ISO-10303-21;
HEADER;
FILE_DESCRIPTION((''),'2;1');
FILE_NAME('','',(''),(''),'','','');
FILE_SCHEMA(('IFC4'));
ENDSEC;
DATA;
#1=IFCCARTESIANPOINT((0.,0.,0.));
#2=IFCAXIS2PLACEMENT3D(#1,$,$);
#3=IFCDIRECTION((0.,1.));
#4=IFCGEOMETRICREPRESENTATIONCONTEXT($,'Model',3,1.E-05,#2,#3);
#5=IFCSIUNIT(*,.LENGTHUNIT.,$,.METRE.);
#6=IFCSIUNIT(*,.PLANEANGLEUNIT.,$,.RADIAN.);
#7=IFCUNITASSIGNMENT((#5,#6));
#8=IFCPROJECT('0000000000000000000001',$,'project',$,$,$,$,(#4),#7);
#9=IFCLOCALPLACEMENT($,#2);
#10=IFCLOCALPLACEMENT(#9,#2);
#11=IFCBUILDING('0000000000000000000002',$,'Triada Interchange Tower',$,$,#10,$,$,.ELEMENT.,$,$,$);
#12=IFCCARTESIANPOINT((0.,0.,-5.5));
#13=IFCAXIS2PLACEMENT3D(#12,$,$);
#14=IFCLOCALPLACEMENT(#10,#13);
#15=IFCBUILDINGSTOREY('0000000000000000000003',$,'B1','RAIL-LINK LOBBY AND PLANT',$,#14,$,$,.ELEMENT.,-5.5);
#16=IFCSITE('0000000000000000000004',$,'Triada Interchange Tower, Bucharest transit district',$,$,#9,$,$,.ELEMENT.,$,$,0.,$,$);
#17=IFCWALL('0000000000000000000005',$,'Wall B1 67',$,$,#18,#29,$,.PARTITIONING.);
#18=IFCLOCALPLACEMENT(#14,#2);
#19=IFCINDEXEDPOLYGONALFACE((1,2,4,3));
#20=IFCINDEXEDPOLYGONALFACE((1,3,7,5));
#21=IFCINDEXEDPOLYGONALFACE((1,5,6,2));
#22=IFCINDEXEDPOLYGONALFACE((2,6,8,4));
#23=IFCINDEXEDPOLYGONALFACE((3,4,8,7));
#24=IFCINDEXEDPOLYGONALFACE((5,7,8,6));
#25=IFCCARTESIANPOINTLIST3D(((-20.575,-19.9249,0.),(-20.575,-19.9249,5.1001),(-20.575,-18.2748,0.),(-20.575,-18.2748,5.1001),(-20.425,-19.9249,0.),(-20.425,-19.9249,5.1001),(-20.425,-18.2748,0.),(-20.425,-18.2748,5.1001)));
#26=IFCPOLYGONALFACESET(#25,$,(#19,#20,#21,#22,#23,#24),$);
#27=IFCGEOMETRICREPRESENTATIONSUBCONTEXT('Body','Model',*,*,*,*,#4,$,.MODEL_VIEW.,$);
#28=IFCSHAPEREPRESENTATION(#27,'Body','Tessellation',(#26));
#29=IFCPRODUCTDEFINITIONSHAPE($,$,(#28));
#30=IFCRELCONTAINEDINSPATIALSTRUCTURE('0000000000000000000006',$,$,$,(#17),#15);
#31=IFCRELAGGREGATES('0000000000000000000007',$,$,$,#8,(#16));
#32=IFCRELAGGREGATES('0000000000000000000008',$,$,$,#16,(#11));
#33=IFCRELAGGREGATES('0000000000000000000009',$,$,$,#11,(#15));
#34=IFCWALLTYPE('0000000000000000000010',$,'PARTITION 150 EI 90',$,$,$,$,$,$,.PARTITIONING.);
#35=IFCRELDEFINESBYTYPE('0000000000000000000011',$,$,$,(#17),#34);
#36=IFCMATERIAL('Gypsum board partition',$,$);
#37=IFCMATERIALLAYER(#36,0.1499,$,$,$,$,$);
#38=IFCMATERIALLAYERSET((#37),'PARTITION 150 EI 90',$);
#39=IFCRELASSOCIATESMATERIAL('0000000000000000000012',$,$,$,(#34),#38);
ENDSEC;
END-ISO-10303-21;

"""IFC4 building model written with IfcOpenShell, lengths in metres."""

from ifc_helpers import new_model, si_unit, direction, frame, frame_2d, origin, place, context, subcontext, project, spatial, rectangle, extrude, material, layer, layer_set, type_object, element, save


model = new_model("IFC4")

# Units and contexts
model_context = context("Model", 3, precision=1e-05, world=origin(), true_north=direction((0.0, 1.0)))
body_context = subcontext(model_context, "Body", "Model", "MODEL_VIEW")
ifc_project = project(units=[si_unit("LENGTHUNIT", "METRE"), si_unit("PLANEANGLEUNIT", "RADIAN")], contexts=[model_context])

# Site, building, storey
site_placement = place(None, origin())
site = spatial("IfcSite", under=ifc_project, at=site_placement, Name="Triada Interchange Tower, Bucharest transit district", CompositionType="ELEMENT", RefElevation=0.0)
building_placement = place(site_placement, origin())
building = spatial("IfcBuilding", under=site, at=building_placement, Name="Triada Interchange Tower", CompositionType="ELEMENT")
storey_placement = place(building_placement, frame((0.0, 0.0, -5.5)))
storey = spatial("IfcBuildingStorey", under=building, at=storey_placement, Name="B1", Description="RAIL-LINK LOBBY AND PLANT", CompositionType="ELEMENT", Elevation=-5.5)

# Shared definitions
ifc_material_1 = material(Name="Gypsum board partition")
ifc_layer_1 = layer(ifc_material_1, 0.1499)
ifc_layer_set_1 = layer_set([ifc_layer_1], Name="PARTITION 150 EI 90")
wall_type_1 = type_object("IfcWallType", Name="PARTITION 150 EI 90", PredefinedType="PARTITIONING", material=ifc_layer_set_1)

# Wall
wall_1_placement = place(storey_placement, frame((-20.5, -19.925, 0.0), z_axis=(0.0, 0.0, 1.0), x_axis=(0.0, 1.0, 0.0)))
element("IfcWall", 1, at=wall_1_placement, inside=storey, type_object=wall_type_1, Name="Wall B1 67", PredefinedType="PARTITIONING", context=body_context, shape_type="SweptSolid", body=[
    extrude(rectangle(XDim=1.6501, YDim=0.1499, at=frame_2d((0.8252, 0.0))), origin(), (0.0, 0.0, 1.0), 5.1001),
])

save(model, "model.ifc")
